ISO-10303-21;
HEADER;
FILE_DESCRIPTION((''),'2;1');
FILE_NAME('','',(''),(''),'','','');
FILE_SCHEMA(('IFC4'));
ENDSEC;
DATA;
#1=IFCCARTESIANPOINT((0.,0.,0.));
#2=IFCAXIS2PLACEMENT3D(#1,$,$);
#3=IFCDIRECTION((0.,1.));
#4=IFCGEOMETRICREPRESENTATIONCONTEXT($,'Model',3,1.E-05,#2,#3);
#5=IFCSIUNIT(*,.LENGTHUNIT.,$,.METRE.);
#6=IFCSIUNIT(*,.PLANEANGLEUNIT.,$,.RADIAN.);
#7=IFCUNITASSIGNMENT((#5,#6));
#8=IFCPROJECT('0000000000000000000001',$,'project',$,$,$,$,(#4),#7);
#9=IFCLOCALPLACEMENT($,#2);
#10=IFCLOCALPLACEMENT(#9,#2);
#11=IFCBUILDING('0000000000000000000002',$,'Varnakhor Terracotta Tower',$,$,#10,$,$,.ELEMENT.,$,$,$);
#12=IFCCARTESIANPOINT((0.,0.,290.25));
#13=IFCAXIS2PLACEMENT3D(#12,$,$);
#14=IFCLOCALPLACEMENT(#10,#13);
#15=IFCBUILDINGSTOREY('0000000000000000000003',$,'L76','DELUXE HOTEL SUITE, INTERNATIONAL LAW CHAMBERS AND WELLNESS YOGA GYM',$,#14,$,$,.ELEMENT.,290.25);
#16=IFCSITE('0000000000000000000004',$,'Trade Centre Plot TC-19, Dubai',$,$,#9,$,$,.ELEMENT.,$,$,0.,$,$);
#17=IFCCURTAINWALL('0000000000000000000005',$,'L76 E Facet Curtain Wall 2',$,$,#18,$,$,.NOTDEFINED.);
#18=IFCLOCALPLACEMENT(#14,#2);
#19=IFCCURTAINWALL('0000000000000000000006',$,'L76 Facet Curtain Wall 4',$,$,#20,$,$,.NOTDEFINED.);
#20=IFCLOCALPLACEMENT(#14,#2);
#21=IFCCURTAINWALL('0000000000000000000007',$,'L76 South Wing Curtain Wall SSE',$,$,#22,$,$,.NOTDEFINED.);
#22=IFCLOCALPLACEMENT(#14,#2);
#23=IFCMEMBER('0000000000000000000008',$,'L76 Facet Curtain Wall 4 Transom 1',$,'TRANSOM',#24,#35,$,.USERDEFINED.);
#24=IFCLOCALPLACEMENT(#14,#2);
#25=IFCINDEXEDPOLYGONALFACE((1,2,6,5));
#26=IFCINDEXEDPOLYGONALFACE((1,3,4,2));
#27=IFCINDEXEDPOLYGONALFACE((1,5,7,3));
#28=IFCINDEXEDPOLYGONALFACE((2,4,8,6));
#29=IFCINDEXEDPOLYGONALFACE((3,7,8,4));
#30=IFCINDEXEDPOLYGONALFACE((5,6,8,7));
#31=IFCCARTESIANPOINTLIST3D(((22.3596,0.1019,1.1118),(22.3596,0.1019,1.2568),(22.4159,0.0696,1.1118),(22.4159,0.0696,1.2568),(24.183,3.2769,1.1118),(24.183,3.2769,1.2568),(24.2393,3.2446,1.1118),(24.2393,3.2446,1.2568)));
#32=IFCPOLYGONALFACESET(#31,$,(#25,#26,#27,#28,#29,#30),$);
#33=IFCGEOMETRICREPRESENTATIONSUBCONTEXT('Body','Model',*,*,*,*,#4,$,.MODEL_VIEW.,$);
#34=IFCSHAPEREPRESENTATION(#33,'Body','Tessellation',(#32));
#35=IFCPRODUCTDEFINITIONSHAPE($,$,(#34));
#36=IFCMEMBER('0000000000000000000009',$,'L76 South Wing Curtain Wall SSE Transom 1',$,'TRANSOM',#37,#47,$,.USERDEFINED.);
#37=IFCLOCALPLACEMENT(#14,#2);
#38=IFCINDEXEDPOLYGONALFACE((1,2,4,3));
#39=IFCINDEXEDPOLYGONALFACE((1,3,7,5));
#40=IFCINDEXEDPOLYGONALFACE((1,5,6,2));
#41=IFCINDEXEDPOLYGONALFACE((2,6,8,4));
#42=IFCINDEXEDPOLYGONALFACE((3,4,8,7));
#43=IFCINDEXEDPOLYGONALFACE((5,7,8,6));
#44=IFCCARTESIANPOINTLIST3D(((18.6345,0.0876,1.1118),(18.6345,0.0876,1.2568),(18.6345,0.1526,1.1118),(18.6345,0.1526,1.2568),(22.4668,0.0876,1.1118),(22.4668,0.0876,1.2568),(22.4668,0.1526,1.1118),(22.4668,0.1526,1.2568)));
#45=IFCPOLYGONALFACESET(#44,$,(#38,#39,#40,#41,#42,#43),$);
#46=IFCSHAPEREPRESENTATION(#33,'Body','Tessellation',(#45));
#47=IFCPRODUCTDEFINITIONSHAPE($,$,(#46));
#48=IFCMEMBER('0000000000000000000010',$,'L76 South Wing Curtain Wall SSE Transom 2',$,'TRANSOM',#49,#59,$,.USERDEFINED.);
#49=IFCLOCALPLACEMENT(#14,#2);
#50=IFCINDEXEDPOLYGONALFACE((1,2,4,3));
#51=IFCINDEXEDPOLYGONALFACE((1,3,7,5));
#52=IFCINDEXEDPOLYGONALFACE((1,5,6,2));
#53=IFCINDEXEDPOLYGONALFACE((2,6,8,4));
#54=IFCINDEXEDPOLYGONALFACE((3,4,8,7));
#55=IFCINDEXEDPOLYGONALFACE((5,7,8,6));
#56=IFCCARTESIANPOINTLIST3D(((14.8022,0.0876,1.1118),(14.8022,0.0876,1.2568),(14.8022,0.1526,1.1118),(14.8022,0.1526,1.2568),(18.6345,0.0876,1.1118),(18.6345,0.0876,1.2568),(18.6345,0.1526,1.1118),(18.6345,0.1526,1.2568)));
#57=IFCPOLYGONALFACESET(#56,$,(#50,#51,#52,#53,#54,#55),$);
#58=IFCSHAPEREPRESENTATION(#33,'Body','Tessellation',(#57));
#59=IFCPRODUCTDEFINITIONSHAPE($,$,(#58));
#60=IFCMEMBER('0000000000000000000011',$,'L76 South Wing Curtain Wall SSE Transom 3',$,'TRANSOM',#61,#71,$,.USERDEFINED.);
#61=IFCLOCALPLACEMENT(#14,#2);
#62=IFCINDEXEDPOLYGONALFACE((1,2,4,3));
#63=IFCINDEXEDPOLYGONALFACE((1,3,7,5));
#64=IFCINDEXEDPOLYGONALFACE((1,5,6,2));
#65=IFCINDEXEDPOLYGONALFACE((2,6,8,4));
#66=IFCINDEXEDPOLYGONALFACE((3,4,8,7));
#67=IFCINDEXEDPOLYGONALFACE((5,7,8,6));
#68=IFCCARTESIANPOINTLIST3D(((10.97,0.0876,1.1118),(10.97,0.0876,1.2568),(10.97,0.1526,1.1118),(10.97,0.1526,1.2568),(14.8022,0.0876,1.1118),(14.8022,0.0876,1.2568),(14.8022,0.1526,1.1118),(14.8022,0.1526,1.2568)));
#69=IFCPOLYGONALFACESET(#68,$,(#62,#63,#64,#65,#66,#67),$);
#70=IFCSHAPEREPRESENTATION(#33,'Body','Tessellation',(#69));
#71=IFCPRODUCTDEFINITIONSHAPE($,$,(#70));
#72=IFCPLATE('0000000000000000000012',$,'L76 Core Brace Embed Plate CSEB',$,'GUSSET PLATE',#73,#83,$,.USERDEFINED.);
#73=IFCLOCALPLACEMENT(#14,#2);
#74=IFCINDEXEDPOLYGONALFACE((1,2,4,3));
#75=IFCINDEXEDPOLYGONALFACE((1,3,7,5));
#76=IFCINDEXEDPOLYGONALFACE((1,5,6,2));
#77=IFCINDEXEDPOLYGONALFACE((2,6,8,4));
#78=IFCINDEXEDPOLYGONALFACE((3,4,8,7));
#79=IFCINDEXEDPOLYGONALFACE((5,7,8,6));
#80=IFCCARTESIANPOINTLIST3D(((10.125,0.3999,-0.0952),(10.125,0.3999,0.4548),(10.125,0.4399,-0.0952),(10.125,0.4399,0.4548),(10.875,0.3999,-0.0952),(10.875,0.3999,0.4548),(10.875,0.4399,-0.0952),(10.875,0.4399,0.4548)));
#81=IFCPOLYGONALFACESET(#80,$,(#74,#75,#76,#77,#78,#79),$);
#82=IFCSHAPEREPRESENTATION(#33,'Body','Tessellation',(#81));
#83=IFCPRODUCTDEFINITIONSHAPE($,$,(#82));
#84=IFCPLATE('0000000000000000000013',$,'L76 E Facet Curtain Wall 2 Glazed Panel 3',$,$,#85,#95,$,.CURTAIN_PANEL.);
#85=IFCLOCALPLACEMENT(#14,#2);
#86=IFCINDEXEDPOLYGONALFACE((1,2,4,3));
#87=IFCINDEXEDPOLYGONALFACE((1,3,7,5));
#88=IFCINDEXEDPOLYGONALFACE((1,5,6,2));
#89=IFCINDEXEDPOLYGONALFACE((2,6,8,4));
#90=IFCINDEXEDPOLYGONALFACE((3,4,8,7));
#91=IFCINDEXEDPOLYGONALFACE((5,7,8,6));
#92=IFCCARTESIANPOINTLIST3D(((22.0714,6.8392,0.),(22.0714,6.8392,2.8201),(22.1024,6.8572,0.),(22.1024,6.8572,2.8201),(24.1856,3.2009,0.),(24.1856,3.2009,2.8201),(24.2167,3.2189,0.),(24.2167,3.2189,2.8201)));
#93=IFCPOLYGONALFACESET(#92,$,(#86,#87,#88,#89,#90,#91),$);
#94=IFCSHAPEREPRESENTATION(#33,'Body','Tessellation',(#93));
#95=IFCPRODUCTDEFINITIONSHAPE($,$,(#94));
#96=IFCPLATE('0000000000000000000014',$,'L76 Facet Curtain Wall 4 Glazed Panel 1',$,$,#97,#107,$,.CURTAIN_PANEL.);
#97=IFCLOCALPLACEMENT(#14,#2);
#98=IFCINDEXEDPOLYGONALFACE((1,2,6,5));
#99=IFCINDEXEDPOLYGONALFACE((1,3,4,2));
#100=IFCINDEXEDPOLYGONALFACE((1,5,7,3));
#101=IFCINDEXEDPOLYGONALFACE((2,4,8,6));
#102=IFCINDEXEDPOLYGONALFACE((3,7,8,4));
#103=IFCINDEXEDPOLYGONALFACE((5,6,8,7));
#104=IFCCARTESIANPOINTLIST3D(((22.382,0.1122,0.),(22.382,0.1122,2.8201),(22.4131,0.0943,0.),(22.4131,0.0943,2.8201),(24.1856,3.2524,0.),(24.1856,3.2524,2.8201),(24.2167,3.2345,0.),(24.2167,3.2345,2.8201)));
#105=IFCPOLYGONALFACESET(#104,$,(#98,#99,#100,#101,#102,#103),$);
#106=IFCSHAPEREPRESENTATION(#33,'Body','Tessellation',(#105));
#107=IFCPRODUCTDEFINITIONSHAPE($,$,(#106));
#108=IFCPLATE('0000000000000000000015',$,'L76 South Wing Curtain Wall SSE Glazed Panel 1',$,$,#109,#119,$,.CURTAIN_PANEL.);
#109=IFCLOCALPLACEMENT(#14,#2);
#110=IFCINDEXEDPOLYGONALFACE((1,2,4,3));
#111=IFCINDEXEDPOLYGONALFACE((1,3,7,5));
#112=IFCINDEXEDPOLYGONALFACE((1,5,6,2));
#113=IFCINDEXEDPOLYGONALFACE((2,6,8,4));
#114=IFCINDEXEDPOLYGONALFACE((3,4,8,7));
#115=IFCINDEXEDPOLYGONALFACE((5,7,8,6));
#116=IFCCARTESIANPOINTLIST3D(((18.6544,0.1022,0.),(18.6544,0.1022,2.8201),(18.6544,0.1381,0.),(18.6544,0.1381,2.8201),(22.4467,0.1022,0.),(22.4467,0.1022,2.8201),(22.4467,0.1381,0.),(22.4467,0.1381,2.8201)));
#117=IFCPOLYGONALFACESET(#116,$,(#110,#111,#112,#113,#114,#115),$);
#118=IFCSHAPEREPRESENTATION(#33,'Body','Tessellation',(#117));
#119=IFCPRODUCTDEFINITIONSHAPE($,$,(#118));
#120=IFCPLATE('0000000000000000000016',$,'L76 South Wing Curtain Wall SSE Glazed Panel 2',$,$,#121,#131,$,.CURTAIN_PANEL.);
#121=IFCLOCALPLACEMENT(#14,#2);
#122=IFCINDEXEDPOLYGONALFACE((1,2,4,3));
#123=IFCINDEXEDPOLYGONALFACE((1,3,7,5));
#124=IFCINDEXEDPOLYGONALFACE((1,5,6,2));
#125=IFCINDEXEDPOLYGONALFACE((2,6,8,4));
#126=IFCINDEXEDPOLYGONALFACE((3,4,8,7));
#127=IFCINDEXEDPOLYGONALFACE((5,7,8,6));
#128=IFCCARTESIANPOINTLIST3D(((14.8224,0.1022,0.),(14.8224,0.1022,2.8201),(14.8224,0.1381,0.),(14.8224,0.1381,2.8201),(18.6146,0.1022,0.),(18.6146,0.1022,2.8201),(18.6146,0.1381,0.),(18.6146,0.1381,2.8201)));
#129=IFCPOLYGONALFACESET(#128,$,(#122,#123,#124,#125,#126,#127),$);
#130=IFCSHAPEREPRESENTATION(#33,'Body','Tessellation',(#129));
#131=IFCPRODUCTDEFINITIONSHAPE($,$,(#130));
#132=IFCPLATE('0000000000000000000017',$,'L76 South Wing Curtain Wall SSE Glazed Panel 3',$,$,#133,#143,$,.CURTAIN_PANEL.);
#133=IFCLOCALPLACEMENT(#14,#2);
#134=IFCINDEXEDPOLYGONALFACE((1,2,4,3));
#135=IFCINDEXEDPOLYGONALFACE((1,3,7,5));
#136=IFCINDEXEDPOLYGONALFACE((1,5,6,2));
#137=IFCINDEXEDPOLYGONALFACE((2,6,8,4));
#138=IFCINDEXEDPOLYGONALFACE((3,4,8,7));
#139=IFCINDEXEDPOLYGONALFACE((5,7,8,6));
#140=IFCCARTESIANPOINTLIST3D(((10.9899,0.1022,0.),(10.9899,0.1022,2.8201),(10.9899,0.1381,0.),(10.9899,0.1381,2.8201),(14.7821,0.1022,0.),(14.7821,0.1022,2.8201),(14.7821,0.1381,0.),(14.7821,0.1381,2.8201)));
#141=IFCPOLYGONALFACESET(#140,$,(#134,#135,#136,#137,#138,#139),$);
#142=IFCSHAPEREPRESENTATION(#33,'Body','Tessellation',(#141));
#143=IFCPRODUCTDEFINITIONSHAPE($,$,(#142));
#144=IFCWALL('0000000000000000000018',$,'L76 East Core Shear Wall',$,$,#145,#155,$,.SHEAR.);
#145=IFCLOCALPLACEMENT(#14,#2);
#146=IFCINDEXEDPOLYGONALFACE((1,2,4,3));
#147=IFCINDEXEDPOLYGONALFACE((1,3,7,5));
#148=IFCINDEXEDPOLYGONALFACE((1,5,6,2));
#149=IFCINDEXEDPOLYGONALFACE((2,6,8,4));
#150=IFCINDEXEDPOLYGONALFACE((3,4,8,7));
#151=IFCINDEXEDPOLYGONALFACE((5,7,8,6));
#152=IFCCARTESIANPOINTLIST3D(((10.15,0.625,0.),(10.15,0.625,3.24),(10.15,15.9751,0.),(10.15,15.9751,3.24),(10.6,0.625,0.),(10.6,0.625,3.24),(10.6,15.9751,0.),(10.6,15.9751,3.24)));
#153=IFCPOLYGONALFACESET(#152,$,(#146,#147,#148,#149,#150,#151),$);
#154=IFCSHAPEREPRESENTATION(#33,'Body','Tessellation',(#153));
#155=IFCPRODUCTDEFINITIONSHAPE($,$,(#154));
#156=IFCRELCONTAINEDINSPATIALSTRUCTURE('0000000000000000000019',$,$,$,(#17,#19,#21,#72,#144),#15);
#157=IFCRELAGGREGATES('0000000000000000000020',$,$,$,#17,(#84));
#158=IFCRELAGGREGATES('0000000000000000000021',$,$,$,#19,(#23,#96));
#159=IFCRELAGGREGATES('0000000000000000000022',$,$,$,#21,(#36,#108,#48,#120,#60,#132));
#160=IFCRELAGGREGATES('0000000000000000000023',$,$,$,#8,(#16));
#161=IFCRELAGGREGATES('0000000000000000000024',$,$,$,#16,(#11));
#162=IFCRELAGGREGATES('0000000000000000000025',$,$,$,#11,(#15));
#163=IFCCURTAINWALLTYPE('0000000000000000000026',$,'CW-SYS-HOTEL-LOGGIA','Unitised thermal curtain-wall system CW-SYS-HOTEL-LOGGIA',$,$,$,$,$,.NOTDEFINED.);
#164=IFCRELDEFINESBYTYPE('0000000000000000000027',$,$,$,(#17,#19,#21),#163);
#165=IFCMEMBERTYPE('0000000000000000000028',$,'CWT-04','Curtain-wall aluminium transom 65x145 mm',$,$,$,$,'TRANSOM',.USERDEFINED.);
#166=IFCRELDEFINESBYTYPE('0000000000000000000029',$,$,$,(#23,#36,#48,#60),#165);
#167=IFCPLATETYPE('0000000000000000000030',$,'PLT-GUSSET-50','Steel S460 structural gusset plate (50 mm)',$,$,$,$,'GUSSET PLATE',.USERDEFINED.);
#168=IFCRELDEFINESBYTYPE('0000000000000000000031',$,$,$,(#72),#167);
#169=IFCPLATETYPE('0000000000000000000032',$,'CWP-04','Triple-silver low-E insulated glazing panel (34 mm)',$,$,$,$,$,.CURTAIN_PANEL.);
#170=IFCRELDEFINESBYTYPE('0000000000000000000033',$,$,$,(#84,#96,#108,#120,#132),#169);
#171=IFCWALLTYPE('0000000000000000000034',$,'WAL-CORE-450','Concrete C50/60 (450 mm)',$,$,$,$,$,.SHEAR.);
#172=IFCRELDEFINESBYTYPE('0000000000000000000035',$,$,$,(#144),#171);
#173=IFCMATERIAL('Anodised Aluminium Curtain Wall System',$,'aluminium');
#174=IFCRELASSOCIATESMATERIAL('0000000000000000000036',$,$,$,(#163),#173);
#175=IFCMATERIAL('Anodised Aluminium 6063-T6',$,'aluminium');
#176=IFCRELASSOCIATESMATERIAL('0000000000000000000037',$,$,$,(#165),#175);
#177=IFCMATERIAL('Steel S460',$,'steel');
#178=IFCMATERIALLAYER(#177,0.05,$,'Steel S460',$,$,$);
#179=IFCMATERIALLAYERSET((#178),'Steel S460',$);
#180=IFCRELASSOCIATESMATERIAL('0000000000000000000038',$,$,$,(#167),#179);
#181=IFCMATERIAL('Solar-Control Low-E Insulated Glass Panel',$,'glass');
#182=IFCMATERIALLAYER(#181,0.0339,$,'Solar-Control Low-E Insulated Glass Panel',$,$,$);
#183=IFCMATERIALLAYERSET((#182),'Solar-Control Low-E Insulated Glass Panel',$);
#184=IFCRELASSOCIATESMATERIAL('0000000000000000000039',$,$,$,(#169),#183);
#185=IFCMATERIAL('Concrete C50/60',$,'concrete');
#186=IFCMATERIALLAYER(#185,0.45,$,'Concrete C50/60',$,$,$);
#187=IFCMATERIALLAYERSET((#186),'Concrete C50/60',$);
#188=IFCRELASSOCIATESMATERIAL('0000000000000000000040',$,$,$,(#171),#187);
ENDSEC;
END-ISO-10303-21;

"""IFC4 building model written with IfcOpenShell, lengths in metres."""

from ifc_helpers import new_model, si_unit, direction, frame, frame_2d, origin, origin_2d, place, context, subcontext, project, spatial, rectangle, extrude, source, transform, mapped, material, layer, layer_set, material_profile, profile_set, type_object, type_shapes, element, aggregate, save


model = new_model("IFC4")

# Units and contexts
model_context = context("Model", 3, precision=1e-05, world=origin(), true_north=direction((0.0, 1.0)))
body_context = subcontext(model_context, "Body", "Model", "MODEL_VIEW")
ifc_project = project(units=[si_unit("LENGTHUNIT", "METRE"), si_unit("PLANEANGLEUNIT", "RADIAN")], contexts=[model_context])

# Site, building, storey
site_placement = place(None, origin())
site = spatial("IfcSite", under=ifc_project, at=site_placement, Name="Trade Centre Plot TC-19, Dubai", CompositionType="ELEMENT", RefElevation=0.0)
building_placement = place(site_placement, origin())
building = spatial("IfcBuilding", under=site, at=building_placement, Name="Varnakhor Terracotta Tower", CompositionType="ELEMENT")
storey_placement = place(building_placement, frame((0.0, 0.0, 290.25)))
storey = spatial("IfcBuildingStorey", under=building, at=storey_placement, Name="L76", Description="DELUXE HOTEL SUITE, INTERNATIONAL LAW CHAMBERS AND WELLNESS YOGA GYM", CompositionType="ELEMENT", Elevation=290.25)

# Shared definitions
ifc_material_1 = material(Name="Concrete C50/60", Category="concrete")

# Curtain walls
ifc_material_2 = material(Name="Anodised Aluminium Curtain Wall System", Category="aluminium")
curtain_wall_type = type_object("IfcCurtainWallType", Name="CW-SYS-HOTEL-LOGGIA", Description="Unitised thermal curtain-wall system CW-SYS-HOTEL-LOGGIA", PredefinedType="NOTDEFINED", material=ifc_material_2)
curtain_wall_1_placement = place(storey_placement, origin())
curtain_wall_1 = element("IfcCurtainWall", 1, at=curtain_wall_1_placement, inside=storey, type_object=curtain_wall_type, Name="L76 E Facet Curtain Wall 2", PredefinedType="NOTDEFINED")
ifc_material_3 = material(Name="Anodised Aluminium 6063-T6", Category="aluminium")
curtain_wall_2_placement = place(storey_placement, origin())
curtain_wall_2 = element("IfcCurtainWall", 2, at=curtain_wall_2_placement, inside=storey, type_object=curtain_wall_type, Name="L76 Facet Curtain Wall 4", PredefinedType="NOTDEFINED")

# Curtain wall
curtain_wall_3_placement = place(storey_placement, origin())
curtain_wall_3 = element("IfcCurtainWall", 3, at=curtain_wall_3_placement, inside=storey, type_object=curtain_wall_type, Name="L76 South Wing Curtain Wall SSE", PredefinedType="NOTDEFINED")

# Members
ifc_material_profile_1 = material_profile(ifc_material_3, rectangle(XDim=0.0649, YDim=0.145, at=origin_2d()), Name="ALU TRANSOM 65x145")
ifc_profile_set_1 = profile_set([ifc_material_profile_1], Name="Anodised Aluminium 6063-T6")
member_type_1 = type_object("IfcMemberType", Name="CWT-04", Description="Curtain-wall aluminium transom 65x145 mm", ElementType="TRANSOM", PredefinedType="USERDEFINED", material=ifc_profile_set_1)
shared_shape_1 = source(origin(), body_context, "Body", "SweptSolid", [
    extrude(rectangle(XDim=0.0649, YDim=0.145, at=origin_2d()), origin(), (0.0, 0.0, 1.0), 3.6614),
])
member_1_placement = place(storey_placement, frame((24.2112, 3.2607, 1.1843), z_axis=(-0.498026, -0.867162, 0.0), x_axis=(0.867162, -0.498026, 0.0)))
member_1 = element("IfcMember", 4, at=member_1_placement, type_object=member_type_1, Name="L76 Facet Curtain Wall 4 Transom 1", ObjectType="TRANSOM", PredefinedType="USERDEFINED", context=body_context, shape_type="MappedRepresentation", body=[
    mapped(shared_shape_1, transform((0.0, 0.0, 0.0), scale=1.0)),
])
shared_shape_2 = source(origin(), body_context, "Body", "SweptSolid", [
    extrude(rectangle(XDim=0.0649, YDim=0.145, at=origin_2d()), origin(), (0.0, 0.0, 1.0), 3.8323),
])
member_2_placement = place(storey_placement, frame((22.4668, 0.1201, 1.1843), z_axis=(-1.0, 0.0, 0.0), x_axis=(0.0, -1.0, 0.0)))
member_2 = element("IfcMember", 5, at=member_2_placement, type_object=member_type_1, Name="L76 South Wing Curtain Wall SSE Transom 1", ObjectType="TRANSOM", PredefinedType="USERDEFINED", context=body_context, shape_type="MappedRepresentation", body=[
    mapped(shared_shape_2, transform((0.0, 0.0, 0.0), scale=1.0)),
])
member_3_placement = place(storey_placement, frame((18.6345, 0.1201, 1.1843), z_axis=(-1.0, 0.0, 0.0), x_axis=(0.0, -1.0, 0.0)))
member_3 = element("IfcMember", 6, at=member_3_placement, type_object=member_type_1, Name="L76 South Wing Curtain Wall SSE Transom 2", ObjectType="TRANSOM", PredefinedType="USERDEFINED", context=body_context, shape_type="MappedRepresentation", body=[
    mapped(shared_shape_2, transform((0.0, 0.0, 0.0), scale=1.0)),
])
member_4_placement = place(storey_placement, frame((14.8022, 0.1201, 1.1843), z_axis=(-1.0, 0.0, 0.0), x_axis=(0.0, -1.0, 0.0)))
member_4 = element("IfcMember", 7, at=member_4_placement, type_object=member_type_1, Name="L76 South Wing Curtain Wall SSE Transom 3", ObjectType="TRANSOM", PredefinedType="USERDEFINED", context=body_context, shape_type="MappedRepresentation", body=[
    mapped(shared_shape_2, transform((0.0, 0.0, 0.0), scale=1.0)),
])

# Plates
ifc_material_4 = material(Name="Steel S460", Category="steel")
ifc_layer_1 = layer(ifc_material_4, 0.05, Name="Steel S460")
ifc_layer_set_1 = layer_set([ifc_layer_1], Name="Steel S460")
plate_type_1 = type_object("IfcPlateType", Name="PLT-GUSSET-50", Description="Steel S460 structural gusset plate (50 mm)", ElementType="GUSSET PLATE", PredefinedType="USERDEFINED", material=ifc_layer_set_1)
shared_shape_3 = source(origin(), body_context, "Body", "SweptSolid", [
    extrude(rectangle(XDim=0.75, YDim=0.04, at=origin_2d()), origin(), (0.0, 0.0, 1.0), 0.55),
])
type_shapes(plate_type_1, [shared_shape_3])
plate_1_placement = place(storey_placement, frame((10.5, 0.4199, -0.0952), z_axis=(0.0, 0.0, 1.0), x_axis=(1.0, 0.0, 0.0)))
element("IfcPlate", 8, at=plate_1_placement, inside=storey, type_object=plate_type_1, Name="L76 Core Brace Embed Plate CSEB", ObjectType="GUSSET PLATE", PredefinedType="USERDEFINED", context=body_context, shape_type="MappedRepresentation", body=[
    mapped(shared_shape_3, transform((0.0, 0.0, 0.0), scale=1.0)),
])
ifc_material_5 = material(Name="Solar-Control Low-E Insulated Glass Panel", Category="glass")
ifc_layer_2 = layer(ifc_material_5, 0.0339, Name="Solar-Control Low-E Insulated Glass Panel")
ifc_layer_set_2 = layer_set([ifc_layer_2], Name="Solar-Control Low-E Insulated Glass Panel")
plate_type_2 = type_object("IfcPlateType", Name="CWP-04", Description="Triple-silver low-E insulated glazing panel (34 mm)", PredefinedType="CURTAIN_PANEL", material=ifc_layer_set_2)
shared_shape_4 = source(origin(), body_context, "Body", "SweptSolid", [
    extrude(rectangle(XDim=4.208, YDim=0.0359, at=origin_2d()), origin(), (0.0, 0.0, 1.0), 2.8201),
])
plate_2_placement = place(storey_placement, frame((23.144, 5.0291, 0.0), z_axis=(0.0, 0.0, 1.0), x_axis=(0.502432, -0.864617, 0.0)))
plate_2 = element("IfcPlate", 9, at=plate_2_placement, type_object=plate_type_2, Name="L76 E Facet Curtain Wall 2 Glazed Panel 3", PredefinedType="CURTAIN_PANEL", context=body_context, shape_type="MappedRepresentation", body=[
    mapped(shared_shape_4, transform((0.0, 0.0, 0.0), scale=1.0)),
])
aggregate(curtain_wall_1, [plate_2])
shared_shape_5 = source(origin(), body_context, "Body", "SweptSolid", [
    extrude(rectangle(XDim=3.6213, YDim=0.0359, at=origin_2d()), origin(), (0.0, 0.0, 1.0), 2.8201),
])
plate_3_placement = place(storey_placement, frame((23.2993, 1.6733, 0.0), z_axis=(0.0, 0.0, 1.0), x_axis=(-0.498049, -0.867149, 0.0)))
plate_3 = element("IfcPlate", 10, at=plate_3_placement, type_object=plate_type_2, Name="L76 Facet Curtain Wall 4 Glazed Panel 1", PredefinedType="CURTAIN_PANEL", context=body_context, shape_type="MappedRepresentation", body=[
    mapped(shared_shape_5, transform((0.0, 0.0, 0.0), scale=1.0)),
])
aggregate(curtain_wall_2, [member_1, plate_3])
shared_shape_6 = source(origin(), body_context, "Body", "SweptSolid", [
    extrude(rectangle(XDim=3.7922, YDim=0.0359, at=origin_2d()), origin(), (0.0, 0.0, 1.0), 2.8201),
])
plate_4_placement = place(storey_placement, frame((20.5505, 0.1201, 0.0), z_axis=(0.0, 0.0, 1.0), x_axis=(-1.0, 0.0, 0.0)))
plate_4 = element("IfcPlate", 11, at=plate_4_placement, type_object=plate_type_2, Name="L76 South Wing Curtain Wall SSE Glazed Panel 1", PredefinedType="CURTAIN_PANEL", context=body_context, shape_type="MappedRepresentation", body=[
    mapped(shared_shape_6, transform((0.0, 0.0, 0.0), scale=1.0)),
])
plate_5_placement = place(storey_placement, frame((16.7185, 0.1201, 0.0), z_axis=(0.0, 0.0, 1.0), x_axis=(-1.0, 0.0, 0.0)))
plate_5 = element("IfcPlate", 12, at=plate_5_placement, type_object=plate_type_2, Name="L76 South Wing Curtain Wall SSE Glazed Panel 2", PredefinedType="CURTAIN_PANEL", context=body_context, shape_type="MappedRepresentation", body=[
    mapped(shared_shape_6, transform((0.0, 0.0, 0.0), scale=1.0)),
])
plate_6_placement = place(storey_placement, frame((12.886, 0.1201, 0.0), z_axis=(0.0, 0.0, 1.0), x_axis=(-1.0, 0.0, 0.0)))
plate_6 = element("IfcPlate", 13, at=plate_6_placement, type_object=plate_type_2, Name="L76 South Wing Curtain Wall SSE Glazed Panel 3", PredefinedType="CURTAIN_PANEL", context=body_context, shape_type="MappedRepresentation", body=[
    mapped(shared_shape_6, transform((0.0, 0.0, 0.0), scale=1.0)),
])
aggregate(curtain_wall_3, [member_2, plate_4, member_3, plate_5, member_4, plate_6])

# Wall
ifc_layer_3 = layer(ifc_material_1, 0.45, Name="Concrete C50/60")
ifc_layer_set_3 = layer_set([ifc_layer_3], Name="Concrete C50/60")
wall_type_1 = type_object("IfcWallType", Name="WAL-CORE-450", Description="Concrete C50/60 (450 mm)", PredefinedType="SHEAR", material=ifc_layer_set_3)
wall_1_placement = place(storey_placement, frame((10.375, 0.625, 0.0), z_axis=(0.0, 0.0, 1.0), x_axis=(0.0, 1.0, 0.0)))
element("IfcWall", 14, at=wall_1_placement, inside=storey, type_object=wall_type_1, Name="L76 East Core Shear Wall", PredefinedType="SHEAR", context=body_context, shape_type="SweptSolid", body=[
    extrude(rectangle(XDim=15.3501, YDim=0.45, at=frame_2d((7.675, 0.0))), origin(), (0.0, 0.0, 1.0), 3.24),
])

save(model, "model.ifc")
